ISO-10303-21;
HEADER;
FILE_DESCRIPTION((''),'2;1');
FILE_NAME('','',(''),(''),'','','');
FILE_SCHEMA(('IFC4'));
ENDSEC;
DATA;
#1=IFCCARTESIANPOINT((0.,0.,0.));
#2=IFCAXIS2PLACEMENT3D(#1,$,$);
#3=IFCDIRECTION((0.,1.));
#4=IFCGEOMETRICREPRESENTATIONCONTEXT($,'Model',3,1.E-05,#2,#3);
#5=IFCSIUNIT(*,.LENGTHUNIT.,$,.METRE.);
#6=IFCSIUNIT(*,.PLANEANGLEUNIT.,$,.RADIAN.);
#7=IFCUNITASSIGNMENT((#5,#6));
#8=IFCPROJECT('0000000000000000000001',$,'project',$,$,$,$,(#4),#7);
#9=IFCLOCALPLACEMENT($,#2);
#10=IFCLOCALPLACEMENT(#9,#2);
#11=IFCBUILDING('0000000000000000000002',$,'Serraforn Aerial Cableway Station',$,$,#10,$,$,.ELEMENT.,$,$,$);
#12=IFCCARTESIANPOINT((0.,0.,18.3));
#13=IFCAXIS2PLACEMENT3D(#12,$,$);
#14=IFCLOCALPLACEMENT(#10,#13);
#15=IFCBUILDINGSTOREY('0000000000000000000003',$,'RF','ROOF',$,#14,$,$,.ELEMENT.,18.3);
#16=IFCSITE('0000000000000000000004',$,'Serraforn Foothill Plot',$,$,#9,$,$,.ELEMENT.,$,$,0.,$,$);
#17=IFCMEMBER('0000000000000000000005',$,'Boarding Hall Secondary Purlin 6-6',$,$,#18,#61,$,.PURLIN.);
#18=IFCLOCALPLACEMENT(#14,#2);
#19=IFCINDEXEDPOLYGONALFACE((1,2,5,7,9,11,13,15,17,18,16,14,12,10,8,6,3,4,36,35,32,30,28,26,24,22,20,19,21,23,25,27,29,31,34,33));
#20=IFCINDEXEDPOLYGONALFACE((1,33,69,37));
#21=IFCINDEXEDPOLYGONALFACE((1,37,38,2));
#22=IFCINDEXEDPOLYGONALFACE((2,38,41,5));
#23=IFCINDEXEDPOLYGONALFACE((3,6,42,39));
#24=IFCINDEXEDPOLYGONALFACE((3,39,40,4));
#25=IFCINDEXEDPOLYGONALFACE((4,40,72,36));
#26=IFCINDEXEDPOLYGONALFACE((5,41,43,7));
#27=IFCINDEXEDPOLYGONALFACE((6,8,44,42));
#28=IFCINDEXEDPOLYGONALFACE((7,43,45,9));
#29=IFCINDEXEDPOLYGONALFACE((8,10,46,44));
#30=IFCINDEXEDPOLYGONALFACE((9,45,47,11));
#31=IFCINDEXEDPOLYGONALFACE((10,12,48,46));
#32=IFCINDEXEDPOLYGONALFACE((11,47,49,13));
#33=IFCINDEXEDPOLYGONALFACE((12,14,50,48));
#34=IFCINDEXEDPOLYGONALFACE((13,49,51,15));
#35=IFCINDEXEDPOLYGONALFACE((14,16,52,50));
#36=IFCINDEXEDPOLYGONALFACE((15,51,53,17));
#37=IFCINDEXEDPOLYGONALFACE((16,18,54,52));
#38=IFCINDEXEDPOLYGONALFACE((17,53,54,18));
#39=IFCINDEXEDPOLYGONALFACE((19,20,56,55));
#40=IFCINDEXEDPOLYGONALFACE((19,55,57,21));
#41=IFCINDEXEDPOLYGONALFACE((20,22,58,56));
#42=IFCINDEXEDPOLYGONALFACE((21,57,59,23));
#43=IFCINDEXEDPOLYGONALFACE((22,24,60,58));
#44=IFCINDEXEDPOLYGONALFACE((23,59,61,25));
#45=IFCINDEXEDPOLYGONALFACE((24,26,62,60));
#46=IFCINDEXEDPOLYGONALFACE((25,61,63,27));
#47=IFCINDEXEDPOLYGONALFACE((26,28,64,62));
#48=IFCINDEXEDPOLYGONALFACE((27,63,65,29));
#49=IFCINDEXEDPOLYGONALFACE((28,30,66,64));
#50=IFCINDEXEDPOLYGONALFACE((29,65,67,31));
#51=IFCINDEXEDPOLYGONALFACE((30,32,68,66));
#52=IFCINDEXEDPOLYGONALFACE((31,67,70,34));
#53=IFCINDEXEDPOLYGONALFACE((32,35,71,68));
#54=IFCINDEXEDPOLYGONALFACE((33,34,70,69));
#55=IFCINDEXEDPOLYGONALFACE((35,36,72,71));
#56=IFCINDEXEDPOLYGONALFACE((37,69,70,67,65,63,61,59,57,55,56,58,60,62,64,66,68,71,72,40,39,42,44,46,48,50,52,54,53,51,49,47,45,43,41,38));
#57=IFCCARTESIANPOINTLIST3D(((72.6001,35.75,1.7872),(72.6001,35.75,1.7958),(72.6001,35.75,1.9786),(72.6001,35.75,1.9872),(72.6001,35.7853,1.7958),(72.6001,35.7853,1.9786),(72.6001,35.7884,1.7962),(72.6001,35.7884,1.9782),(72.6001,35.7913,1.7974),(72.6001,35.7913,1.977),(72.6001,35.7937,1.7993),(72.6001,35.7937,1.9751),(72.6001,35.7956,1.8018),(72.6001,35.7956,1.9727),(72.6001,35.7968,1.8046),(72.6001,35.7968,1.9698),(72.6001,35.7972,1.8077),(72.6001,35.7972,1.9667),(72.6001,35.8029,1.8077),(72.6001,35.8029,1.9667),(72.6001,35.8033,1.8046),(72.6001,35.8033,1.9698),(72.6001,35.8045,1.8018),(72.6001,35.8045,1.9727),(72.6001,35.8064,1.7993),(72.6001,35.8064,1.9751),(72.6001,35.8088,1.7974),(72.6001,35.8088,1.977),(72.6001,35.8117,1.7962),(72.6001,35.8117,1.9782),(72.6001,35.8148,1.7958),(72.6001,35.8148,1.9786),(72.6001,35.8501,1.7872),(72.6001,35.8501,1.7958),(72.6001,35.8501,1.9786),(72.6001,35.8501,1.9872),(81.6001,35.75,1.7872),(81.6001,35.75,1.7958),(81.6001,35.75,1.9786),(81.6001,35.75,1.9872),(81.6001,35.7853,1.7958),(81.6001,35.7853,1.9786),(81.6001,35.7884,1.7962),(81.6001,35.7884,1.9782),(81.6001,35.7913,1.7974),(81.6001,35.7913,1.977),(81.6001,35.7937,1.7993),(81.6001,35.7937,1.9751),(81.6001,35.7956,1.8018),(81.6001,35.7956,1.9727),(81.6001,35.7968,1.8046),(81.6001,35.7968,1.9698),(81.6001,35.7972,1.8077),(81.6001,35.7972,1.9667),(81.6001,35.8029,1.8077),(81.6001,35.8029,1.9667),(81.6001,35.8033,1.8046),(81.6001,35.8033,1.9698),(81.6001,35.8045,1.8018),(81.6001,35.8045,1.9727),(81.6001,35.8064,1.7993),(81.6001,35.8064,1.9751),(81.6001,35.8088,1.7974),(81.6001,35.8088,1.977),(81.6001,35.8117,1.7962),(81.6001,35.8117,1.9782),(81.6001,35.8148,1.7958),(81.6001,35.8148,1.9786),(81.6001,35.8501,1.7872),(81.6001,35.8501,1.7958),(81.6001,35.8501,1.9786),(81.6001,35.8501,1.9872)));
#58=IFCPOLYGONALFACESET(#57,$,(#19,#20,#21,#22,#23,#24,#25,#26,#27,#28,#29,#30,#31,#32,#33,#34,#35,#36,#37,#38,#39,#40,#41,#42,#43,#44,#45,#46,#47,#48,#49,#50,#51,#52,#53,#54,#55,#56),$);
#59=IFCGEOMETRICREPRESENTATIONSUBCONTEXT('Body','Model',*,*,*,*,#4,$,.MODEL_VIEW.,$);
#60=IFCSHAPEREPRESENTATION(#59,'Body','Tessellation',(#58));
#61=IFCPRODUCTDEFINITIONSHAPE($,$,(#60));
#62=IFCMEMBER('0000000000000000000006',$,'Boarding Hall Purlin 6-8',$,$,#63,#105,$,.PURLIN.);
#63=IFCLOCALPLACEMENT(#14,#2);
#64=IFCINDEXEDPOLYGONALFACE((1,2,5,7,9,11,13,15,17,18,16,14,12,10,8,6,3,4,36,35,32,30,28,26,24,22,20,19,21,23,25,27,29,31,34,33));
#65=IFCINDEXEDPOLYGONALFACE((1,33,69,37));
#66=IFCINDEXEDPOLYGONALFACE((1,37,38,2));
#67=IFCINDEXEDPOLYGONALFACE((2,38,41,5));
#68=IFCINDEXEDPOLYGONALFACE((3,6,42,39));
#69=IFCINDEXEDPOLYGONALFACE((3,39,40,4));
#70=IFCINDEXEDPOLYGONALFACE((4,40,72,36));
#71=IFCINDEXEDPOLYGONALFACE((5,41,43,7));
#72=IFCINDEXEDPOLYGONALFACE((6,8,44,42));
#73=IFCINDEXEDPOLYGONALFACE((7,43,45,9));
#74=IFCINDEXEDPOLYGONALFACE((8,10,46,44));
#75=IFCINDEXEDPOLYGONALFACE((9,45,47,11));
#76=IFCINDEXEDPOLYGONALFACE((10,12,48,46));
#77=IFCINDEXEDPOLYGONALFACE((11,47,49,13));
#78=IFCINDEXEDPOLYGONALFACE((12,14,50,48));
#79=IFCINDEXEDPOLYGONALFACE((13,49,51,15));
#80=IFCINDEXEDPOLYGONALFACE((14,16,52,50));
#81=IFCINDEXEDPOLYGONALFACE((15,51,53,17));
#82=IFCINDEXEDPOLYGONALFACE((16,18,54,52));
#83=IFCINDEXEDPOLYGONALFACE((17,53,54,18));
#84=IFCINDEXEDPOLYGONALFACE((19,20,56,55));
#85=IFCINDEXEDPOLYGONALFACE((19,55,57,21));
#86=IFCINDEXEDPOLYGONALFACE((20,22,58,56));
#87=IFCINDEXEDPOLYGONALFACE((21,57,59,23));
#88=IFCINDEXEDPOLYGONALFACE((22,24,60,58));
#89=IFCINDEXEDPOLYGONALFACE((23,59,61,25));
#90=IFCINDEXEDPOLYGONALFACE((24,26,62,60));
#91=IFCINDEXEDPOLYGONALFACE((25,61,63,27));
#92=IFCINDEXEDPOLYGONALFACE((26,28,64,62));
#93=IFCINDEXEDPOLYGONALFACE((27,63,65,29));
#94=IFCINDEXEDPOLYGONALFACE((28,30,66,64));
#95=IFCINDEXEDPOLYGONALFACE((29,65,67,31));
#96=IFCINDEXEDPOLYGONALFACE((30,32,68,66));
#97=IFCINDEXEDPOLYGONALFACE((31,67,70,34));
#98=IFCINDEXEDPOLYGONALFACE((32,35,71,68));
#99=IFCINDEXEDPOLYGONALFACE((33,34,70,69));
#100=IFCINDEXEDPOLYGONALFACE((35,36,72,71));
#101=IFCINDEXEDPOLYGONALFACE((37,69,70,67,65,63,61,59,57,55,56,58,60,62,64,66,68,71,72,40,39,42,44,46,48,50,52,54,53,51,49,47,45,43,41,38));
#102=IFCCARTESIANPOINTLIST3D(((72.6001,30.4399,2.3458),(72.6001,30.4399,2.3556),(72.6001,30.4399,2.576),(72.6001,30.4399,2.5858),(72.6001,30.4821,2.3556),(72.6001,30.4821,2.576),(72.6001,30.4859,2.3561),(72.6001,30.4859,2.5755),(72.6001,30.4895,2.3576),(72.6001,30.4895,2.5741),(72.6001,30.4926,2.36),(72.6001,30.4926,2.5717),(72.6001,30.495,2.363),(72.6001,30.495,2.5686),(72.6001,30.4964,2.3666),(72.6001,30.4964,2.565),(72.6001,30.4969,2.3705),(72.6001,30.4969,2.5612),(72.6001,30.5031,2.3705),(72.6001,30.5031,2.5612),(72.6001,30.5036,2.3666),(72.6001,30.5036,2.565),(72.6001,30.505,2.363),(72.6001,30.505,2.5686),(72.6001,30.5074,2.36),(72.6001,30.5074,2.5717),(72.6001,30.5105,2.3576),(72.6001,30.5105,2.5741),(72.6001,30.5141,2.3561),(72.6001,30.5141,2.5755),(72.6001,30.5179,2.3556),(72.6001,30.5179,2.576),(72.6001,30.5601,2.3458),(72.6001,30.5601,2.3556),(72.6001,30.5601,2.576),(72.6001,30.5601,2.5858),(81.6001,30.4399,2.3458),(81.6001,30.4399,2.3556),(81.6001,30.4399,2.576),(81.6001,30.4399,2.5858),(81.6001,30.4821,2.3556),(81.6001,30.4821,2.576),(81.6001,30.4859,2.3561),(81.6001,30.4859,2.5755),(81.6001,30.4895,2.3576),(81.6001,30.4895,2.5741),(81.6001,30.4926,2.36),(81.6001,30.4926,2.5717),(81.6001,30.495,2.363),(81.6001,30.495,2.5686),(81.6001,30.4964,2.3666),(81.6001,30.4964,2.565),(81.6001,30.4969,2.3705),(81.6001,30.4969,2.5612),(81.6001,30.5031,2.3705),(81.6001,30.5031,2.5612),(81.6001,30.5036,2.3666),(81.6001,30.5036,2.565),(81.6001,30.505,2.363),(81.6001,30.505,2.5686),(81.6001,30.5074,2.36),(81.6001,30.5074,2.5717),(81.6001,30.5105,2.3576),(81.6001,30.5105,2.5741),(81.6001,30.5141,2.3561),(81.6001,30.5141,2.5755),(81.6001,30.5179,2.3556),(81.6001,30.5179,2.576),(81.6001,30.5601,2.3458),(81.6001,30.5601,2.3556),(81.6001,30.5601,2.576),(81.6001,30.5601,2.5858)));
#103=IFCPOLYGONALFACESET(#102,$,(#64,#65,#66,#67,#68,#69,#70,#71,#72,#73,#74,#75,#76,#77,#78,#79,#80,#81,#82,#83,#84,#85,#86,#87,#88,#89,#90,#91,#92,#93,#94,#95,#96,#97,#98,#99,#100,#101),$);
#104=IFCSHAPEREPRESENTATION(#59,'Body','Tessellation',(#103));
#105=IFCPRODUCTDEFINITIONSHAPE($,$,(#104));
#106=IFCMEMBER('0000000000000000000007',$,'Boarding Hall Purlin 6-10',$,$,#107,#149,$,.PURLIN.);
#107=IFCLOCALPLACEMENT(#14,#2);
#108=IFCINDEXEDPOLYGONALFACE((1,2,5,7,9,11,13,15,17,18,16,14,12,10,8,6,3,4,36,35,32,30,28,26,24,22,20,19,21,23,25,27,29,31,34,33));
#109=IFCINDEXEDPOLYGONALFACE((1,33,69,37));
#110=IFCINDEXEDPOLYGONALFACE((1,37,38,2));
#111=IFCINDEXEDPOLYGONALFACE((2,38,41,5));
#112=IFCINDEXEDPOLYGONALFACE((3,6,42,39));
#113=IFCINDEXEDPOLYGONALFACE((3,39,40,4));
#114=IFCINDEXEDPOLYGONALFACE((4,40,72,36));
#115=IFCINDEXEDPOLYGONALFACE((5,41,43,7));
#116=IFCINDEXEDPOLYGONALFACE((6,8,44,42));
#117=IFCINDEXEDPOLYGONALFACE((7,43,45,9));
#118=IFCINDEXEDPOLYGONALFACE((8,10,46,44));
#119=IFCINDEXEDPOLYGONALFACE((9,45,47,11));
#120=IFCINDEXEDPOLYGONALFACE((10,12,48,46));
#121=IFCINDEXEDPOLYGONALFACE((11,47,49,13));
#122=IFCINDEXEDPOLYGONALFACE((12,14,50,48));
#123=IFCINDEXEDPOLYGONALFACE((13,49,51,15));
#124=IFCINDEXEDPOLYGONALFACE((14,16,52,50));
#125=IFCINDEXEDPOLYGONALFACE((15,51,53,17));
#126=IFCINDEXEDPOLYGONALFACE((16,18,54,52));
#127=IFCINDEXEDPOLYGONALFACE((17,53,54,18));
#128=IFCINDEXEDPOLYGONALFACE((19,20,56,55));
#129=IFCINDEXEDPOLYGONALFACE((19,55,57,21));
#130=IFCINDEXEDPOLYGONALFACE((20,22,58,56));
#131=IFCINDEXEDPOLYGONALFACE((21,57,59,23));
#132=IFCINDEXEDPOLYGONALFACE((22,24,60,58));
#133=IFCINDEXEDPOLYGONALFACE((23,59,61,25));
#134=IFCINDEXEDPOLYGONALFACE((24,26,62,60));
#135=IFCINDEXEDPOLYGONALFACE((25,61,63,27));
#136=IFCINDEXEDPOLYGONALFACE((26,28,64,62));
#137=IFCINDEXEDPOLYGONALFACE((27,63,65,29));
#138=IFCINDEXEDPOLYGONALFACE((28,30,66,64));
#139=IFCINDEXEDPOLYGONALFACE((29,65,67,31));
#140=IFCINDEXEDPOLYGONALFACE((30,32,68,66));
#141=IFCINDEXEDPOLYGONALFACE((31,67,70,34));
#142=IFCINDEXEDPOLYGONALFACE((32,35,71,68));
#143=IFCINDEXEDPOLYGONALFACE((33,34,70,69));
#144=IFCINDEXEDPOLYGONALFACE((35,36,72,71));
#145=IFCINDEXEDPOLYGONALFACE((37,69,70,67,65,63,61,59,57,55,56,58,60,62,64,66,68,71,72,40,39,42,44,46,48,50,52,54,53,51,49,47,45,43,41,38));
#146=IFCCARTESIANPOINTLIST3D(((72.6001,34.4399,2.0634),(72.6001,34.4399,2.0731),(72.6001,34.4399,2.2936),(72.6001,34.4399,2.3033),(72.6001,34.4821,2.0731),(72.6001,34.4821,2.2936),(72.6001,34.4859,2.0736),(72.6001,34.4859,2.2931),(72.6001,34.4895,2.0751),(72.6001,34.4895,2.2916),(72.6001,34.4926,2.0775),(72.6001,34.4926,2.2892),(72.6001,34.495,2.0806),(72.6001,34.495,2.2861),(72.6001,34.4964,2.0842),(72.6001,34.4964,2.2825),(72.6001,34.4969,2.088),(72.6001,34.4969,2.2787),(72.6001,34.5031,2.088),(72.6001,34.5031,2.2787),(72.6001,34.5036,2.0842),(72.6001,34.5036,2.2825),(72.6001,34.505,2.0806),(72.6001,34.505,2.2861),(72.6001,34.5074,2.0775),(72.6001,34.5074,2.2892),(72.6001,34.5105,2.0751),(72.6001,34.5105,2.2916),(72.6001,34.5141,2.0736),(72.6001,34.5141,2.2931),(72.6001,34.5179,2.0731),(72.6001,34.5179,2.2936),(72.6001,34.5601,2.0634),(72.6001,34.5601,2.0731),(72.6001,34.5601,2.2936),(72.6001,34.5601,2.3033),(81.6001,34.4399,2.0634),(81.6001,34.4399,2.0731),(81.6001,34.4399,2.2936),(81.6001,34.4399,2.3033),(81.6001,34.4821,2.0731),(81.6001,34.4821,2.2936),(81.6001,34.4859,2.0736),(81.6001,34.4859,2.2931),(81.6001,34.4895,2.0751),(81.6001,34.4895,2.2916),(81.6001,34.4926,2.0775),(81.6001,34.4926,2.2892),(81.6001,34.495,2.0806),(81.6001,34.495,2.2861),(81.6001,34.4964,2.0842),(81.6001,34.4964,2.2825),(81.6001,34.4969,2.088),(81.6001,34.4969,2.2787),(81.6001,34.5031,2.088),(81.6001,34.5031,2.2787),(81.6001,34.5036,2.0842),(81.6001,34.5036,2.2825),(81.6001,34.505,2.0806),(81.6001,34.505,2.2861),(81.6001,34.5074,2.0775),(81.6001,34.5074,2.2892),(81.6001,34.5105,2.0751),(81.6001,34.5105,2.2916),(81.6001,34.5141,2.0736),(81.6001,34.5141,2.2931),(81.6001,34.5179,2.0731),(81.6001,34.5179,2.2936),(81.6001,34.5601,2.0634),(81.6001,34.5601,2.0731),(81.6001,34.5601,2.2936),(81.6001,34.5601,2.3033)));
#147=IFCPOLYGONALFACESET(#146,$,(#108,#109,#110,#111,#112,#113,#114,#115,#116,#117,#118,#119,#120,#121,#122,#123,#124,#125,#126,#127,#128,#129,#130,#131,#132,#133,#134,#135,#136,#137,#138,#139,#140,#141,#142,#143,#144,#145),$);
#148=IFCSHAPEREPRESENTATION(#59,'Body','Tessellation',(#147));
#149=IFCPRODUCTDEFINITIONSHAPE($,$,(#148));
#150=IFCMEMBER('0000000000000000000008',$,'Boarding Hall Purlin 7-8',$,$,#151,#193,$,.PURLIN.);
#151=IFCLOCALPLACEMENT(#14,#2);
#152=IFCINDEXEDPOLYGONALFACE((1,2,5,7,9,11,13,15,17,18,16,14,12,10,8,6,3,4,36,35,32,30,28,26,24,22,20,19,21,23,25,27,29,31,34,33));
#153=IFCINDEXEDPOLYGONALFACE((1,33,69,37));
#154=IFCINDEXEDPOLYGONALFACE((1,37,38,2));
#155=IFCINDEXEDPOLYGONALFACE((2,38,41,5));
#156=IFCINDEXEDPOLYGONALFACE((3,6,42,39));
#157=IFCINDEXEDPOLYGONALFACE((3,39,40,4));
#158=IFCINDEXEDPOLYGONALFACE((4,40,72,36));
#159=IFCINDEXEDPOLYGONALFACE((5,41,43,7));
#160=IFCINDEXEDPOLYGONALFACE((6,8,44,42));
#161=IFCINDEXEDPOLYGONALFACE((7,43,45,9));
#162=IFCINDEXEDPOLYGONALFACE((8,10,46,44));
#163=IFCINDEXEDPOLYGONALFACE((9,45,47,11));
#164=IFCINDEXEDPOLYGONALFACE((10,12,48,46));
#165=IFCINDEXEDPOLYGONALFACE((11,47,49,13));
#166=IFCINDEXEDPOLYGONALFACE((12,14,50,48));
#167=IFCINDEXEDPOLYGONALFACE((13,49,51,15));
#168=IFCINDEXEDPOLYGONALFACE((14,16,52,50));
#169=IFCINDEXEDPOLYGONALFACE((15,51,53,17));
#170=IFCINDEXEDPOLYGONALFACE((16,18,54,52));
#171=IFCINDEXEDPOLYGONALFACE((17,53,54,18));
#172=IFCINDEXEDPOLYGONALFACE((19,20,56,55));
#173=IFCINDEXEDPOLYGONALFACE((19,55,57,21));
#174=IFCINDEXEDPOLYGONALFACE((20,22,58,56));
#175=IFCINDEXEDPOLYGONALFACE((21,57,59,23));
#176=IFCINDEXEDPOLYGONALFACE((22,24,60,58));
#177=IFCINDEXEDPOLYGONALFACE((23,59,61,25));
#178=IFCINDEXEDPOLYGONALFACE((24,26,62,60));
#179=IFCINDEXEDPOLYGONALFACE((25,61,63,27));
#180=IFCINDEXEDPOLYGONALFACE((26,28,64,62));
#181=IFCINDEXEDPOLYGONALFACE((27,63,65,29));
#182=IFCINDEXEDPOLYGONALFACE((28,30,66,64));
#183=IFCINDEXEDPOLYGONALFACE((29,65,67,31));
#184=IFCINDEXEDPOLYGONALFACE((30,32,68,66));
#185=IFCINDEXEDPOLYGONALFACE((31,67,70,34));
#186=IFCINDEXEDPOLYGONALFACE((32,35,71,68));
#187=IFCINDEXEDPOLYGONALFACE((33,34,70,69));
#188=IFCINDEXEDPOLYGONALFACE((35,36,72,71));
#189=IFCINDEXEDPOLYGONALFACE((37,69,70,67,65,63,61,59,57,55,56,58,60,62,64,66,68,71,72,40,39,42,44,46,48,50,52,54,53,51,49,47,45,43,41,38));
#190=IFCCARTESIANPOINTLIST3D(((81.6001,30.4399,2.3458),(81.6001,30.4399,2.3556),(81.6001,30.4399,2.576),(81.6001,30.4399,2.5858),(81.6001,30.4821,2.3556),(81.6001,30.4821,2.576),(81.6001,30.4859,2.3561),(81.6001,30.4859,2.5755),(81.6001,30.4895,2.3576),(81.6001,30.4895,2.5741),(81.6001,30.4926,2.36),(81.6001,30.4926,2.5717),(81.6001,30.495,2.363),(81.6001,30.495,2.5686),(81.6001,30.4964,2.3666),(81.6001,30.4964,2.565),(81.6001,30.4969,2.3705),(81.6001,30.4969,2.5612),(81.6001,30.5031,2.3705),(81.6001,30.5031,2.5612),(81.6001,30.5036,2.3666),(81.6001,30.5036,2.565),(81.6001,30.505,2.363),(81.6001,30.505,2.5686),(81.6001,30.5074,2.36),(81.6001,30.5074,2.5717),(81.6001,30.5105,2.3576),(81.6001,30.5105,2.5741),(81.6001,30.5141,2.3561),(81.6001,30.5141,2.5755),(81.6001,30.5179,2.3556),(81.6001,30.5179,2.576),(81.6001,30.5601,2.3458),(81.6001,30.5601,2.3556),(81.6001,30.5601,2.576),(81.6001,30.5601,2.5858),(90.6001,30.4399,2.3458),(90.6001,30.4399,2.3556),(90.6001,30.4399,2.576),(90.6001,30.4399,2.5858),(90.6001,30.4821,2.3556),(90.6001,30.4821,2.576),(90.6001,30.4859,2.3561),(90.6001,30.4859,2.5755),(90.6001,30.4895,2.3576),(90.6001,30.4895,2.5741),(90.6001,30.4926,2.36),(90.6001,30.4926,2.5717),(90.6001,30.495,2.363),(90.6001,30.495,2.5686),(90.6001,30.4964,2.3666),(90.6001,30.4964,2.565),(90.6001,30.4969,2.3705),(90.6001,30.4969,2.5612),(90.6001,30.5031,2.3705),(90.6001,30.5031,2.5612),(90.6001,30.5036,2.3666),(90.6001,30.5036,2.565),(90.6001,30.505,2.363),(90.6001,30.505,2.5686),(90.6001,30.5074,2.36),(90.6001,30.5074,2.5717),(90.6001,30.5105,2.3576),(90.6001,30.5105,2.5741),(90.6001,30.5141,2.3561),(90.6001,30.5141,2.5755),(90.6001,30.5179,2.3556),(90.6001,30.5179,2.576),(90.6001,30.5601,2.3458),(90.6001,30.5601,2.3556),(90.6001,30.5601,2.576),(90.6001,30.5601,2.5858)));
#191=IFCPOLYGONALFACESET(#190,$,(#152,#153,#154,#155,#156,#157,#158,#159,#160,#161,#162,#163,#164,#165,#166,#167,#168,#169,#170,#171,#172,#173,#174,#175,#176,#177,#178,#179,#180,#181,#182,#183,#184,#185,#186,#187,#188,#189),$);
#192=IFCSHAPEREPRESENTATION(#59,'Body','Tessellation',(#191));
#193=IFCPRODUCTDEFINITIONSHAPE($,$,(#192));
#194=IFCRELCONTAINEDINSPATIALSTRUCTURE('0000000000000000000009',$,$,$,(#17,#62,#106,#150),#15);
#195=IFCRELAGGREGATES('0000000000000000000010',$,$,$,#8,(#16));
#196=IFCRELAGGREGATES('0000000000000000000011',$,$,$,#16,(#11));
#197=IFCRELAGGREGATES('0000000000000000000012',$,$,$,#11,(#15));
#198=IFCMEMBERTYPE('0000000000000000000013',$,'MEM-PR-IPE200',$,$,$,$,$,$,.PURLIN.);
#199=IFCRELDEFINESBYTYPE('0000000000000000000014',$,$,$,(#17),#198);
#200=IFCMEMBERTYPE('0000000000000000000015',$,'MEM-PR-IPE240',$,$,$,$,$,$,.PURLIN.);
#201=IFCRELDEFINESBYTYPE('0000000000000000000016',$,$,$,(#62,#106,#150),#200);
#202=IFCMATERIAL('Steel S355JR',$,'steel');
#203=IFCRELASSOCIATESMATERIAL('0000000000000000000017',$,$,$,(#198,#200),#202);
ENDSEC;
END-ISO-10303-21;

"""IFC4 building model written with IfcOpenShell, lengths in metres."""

from ifc_helpers import new_model, si_unit, direction, frame, origin, origin_2d, place, context, subcontext, project, spatial, i_section, extrude, material, material_profile, profile_set, type_object, element, save


model = new_model("IFC4")

# Units and contexts
model_context = context("Model", 3, precision=1e-05, world=origin(), true_north=direction((0.0, 1.0)))
body_context = subcontext(model_context, "Body", "Model", "MODEL_VIEW")
ifc_project = project(units=[si_unit("LENGTHUNIT", "METRE"), si_unit("PLANEANGLEUNIT", "RADIAN")], contexts=[model_context])

# Site, building, storey
site_placement = place(None, origin())
site = spatial("IfcSite", under=ifc_project, at=site_placement, Name="Serraforn Foothill Plot", CompositionType="ELEMENT", RefElevation=0.0)
building_placement = place(site_placement, origin())
building = spatial("IfcBuilding", under=site, at=building_placement, Name="Serraforn Aerial Cableway Station", CompositionType="ELEMENT")
storey_placement = place(building_placement, frame((0.0, 0.0, 18.3)))
storey = spatial("IfcBuildingStorey", under=building, at=storey_placement, Name="RF", Description="ROOF", CompositionType="ELEMENT", Elevation=18.3)

# Members
ifc_material_1 = material(Name="Steel S355JR", Category="steel")
ifc_material_profile_1 = material_profile(ifc_material_1, i_section(OverallWidth=0.1001, OverallDepth=0.2, WebThickness=0.0056, FlangeThickness=0.0085, FilletRadius=0.012, at=origin_2d()), Name="IPE 200")
ifc_profile_set_1 = profile_set([ifc_material_profile_1], Name="Steel S355JR")
member_type_1 = type_object("IfcMemberType", Name="MEM-PR-IPE200", PredefinedType="PURLIN", material=ifc_profile_set_1)
for number, where, z_axis, x_axis, name in (
    (1, (72.6001, 35.8, 1.8872), (1.0, 0.0, 0.0), (0.0, 1.0, 0.0), "Boarding Hall Secondary Purlin 6-6"),
):
    element("IfcMember", number, at=place(storey_placement, frame(where, z_axis=z_axis, x_axis=x_axis)), inside=storey, type_object=member_type_1, Name=name, PredefinedType="PURLIN", context=body_context, shape_type="SweptSolid", body=[
        extrude(i_section(OverallWidth=0.1001, OverallDepth=0.2, WebThickness=0.0056, FlangeThickness=0.0085, FilletRadius=0.012, at=origin_2d()), origin(), (0.0, 0.0, 1.0), 9.0),
    ])
ifc_material_profile_2 = material_profile(ifc_material_1, i_section(OverallWidth=0.1201, OverallDepth=0.24, WebThickness=0.0061, FlangeThickness=0.0098, FilletRadius=0.0149, at=origin_2d()), Name="IPE 240")
ifc_profile_set_2 = profile_set([ifc_material_profile_2], Name="Steel S355JR")
member_type_2 = type_object("IfcMemberType", Name="MEM-PR-IPE240", PredefinedType="PURLIN", material=ifc_profile_set_2)
for number, where, z_axis, x_axis, name in (
    (2, (72.6001, 30.5, 2.4658), (1.0, 0.0, 0.0), (0.0, 1.0, 0.0), "Boarding Hall Purlin 6-8"),
    (3, (72.6001, 34.5, 2.1833), (1.0, 0.0, 0.0), (0.0, 1.0, 0.0), "Boarding Hall Purlin 6-10"),
    (4, (81.6001, 30.5, 2.4658), (1.0, 0.0, 0.0), (0.0, 1.0, 0.0), "Boarding Hall Purlin 7-8"),
):
    element("IfcMember", number, at=place(storey_placement, frame(where, z_axis=z_axis, x_axis=x_axis)), inside=storey, type_object=member_type_2, Name=name, PredefinedType="PURLIN", context=body_context, shape_type="SweptSolid", body=[
        extrude(i_section(OverallWidth=0.1201, OverallDepth=0.24, WebThickness=0.0061, FlangeThickness=0.0098, FilletRadius=0.0149, at=origin_2d()), origin(), (0.0, 0.0, 1.0), 9.0),
    ])

save(model, "model.ifc")
